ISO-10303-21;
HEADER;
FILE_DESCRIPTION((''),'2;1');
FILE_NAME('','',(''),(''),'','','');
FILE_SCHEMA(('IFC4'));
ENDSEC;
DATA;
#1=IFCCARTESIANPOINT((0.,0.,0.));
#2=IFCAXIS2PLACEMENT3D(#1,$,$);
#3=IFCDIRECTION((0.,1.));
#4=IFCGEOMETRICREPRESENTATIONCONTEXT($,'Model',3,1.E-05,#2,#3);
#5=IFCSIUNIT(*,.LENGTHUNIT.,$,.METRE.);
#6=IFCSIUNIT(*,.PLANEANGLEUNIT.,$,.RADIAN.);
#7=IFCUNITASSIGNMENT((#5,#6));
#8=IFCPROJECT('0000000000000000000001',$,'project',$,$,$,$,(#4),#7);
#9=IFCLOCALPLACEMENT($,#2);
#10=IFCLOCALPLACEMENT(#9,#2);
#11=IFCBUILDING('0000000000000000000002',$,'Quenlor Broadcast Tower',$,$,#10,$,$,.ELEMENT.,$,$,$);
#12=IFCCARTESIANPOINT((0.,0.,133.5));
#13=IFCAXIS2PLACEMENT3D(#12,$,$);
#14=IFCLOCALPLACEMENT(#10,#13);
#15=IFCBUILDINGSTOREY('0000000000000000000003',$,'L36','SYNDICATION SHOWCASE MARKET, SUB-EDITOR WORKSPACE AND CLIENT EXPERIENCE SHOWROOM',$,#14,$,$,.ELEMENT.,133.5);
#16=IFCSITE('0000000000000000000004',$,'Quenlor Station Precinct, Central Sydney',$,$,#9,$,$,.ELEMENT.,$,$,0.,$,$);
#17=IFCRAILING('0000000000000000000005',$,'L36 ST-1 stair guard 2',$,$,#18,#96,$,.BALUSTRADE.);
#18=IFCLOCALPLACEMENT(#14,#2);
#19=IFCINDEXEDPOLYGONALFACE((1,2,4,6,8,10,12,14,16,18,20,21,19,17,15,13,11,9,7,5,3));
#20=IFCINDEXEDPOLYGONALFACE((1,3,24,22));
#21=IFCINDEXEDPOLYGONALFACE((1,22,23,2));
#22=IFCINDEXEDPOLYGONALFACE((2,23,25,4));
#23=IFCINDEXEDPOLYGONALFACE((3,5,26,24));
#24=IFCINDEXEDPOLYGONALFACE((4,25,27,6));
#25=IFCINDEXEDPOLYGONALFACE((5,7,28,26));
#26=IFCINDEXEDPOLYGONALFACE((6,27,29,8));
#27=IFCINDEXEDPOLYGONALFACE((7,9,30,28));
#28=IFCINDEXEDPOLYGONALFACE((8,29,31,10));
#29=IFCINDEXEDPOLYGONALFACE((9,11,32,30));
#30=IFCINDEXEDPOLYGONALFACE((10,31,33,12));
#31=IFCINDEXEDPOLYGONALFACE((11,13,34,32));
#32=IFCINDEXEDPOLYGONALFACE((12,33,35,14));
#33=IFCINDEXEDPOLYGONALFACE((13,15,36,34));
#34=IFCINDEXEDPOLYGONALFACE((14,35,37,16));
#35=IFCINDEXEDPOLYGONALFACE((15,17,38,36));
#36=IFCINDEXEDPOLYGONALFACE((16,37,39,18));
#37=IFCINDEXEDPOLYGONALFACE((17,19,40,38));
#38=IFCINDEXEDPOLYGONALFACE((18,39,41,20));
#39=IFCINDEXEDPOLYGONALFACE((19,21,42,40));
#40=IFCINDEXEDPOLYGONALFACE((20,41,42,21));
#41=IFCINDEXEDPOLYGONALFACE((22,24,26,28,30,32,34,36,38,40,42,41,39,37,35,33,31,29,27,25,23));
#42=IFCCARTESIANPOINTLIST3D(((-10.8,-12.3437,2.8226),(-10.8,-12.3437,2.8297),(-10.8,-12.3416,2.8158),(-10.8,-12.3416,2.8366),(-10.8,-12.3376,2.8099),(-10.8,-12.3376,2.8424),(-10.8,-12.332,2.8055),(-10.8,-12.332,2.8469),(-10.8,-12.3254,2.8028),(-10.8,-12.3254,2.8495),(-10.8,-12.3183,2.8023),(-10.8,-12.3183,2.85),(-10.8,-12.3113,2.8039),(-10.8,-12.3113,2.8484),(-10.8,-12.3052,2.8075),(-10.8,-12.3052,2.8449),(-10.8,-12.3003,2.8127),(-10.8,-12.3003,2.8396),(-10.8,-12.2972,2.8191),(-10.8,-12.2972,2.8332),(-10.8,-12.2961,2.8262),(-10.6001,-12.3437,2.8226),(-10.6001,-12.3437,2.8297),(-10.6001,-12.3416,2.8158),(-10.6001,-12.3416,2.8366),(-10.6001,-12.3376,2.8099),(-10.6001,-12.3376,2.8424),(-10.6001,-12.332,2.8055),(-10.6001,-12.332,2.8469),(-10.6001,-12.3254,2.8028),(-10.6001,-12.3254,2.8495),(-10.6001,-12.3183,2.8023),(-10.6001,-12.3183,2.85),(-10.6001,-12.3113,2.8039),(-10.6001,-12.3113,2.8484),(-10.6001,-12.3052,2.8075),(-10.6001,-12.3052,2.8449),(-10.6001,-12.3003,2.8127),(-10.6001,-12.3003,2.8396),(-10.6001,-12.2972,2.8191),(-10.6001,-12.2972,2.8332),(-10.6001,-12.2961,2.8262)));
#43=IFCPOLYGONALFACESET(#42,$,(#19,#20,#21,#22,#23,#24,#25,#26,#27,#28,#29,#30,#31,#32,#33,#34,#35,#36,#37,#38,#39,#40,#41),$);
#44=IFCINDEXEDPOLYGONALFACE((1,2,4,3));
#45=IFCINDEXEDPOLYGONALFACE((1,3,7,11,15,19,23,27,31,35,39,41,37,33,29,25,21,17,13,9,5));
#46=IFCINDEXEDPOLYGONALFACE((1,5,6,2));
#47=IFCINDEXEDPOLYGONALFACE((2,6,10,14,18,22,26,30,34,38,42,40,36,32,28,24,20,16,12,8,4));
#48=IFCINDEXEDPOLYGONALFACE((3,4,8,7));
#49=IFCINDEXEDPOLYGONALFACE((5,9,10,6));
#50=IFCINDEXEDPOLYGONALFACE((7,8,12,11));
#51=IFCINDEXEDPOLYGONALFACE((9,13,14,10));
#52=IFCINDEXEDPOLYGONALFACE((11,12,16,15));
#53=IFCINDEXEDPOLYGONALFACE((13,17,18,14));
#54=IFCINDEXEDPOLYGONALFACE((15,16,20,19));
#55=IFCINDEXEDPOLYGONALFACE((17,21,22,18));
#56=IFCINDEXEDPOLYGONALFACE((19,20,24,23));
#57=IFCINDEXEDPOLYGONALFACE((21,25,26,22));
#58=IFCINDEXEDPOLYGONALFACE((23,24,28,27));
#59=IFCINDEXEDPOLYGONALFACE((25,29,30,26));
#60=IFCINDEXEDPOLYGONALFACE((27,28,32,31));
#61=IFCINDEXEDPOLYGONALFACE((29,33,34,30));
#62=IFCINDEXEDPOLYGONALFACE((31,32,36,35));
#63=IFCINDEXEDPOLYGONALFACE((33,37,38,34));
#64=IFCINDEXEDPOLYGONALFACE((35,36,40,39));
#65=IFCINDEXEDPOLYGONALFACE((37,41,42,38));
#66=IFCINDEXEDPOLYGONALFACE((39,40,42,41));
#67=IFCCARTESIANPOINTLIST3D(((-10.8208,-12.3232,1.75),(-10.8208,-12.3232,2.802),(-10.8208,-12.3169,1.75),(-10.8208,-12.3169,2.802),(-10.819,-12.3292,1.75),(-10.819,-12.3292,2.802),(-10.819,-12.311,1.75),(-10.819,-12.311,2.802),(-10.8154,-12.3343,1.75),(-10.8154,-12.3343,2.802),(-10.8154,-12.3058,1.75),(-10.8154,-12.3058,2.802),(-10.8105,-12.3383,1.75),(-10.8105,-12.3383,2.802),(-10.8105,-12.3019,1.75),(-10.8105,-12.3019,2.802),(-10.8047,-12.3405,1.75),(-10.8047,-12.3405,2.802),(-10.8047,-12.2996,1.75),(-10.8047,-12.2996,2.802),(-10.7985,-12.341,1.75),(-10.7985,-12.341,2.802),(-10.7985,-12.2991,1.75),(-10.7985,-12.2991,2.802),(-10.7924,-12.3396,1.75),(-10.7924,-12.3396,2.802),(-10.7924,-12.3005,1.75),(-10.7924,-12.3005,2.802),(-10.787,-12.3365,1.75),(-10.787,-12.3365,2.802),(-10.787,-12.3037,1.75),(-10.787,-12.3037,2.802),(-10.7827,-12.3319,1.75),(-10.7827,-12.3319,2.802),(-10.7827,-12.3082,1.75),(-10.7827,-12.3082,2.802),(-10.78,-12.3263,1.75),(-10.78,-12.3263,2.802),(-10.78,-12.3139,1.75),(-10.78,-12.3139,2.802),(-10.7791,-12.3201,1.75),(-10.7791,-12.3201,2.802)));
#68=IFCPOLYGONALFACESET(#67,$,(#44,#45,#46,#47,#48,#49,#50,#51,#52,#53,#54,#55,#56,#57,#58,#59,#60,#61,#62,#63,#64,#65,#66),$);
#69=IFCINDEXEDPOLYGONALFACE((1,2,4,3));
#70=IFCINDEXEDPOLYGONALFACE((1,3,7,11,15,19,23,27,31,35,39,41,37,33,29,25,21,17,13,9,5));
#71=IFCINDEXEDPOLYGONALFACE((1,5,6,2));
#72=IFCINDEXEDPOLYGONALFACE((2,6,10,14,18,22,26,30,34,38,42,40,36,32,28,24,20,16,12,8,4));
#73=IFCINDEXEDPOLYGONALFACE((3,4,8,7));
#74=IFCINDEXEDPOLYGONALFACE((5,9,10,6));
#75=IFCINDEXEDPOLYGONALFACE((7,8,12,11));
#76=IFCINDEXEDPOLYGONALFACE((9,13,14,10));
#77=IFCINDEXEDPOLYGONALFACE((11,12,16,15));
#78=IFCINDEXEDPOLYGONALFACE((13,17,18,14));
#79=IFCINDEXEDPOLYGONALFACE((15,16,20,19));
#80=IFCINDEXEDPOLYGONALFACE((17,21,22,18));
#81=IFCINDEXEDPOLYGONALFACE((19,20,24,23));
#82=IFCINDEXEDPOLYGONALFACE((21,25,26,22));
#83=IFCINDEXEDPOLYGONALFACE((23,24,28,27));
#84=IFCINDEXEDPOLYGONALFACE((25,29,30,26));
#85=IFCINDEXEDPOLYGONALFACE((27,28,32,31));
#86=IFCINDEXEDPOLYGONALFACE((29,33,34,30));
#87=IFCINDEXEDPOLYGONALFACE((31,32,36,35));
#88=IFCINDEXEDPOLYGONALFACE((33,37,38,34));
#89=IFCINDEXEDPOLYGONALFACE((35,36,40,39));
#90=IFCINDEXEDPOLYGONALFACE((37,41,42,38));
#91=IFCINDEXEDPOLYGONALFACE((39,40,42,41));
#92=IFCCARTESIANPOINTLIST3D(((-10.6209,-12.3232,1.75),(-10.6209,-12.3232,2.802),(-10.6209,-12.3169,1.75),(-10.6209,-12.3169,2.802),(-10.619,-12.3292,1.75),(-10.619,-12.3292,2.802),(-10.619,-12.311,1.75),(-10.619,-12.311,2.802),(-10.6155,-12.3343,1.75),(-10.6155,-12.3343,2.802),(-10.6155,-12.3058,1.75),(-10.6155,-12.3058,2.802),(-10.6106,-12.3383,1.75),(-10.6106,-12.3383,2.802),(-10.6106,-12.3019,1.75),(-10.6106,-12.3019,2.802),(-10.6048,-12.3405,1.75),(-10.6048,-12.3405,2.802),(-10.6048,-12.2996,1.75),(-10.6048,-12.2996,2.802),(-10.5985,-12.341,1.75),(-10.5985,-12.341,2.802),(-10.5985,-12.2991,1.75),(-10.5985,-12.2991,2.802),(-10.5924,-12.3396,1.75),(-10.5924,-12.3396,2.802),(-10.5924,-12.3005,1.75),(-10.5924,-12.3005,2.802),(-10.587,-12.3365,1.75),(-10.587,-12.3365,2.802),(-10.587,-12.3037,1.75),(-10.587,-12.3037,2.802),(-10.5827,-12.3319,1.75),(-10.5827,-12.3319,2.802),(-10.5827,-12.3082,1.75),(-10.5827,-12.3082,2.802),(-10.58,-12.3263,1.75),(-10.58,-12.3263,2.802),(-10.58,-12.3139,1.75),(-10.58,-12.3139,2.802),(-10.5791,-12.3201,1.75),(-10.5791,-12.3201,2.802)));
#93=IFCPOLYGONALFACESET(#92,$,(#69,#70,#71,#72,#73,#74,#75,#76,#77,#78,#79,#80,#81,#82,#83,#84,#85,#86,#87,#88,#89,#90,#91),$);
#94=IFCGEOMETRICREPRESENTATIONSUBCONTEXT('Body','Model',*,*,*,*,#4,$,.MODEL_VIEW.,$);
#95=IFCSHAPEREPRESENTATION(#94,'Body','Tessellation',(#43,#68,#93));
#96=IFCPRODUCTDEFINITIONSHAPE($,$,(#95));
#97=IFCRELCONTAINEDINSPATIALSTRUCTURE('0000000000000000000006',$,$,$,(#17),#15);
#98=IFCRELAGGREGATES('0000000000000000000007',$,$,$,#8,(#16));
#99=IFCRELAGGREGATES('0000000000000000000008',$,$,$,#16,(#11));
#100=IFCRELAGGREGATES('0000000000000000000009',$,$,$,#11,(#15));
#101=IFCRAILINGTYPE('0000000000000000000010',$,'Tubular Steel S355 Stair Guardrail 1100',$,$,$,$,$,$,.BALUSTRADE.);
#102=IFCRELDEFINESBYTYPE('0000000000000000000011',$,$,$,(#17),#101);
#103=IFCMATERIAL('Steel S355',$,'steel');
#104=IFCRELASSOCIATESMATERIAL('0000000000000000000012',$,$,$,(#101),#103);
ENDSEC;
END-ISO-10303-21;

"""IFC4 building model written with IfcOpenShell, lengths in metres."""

from ifc_helpers import new_model, si_unit, direction, frame, origin, origin_2d, place, context, subcontext, project, spatial, circle, extrude, material, type_object, element, save


model = new_model("IFC4")

# Units and contexts
model_context = context("Model", 3, precision=1e-05, world=origin(), true_north=direction((0.0, 1.0)))
body_context = subcontext(model_context, "Body", "Model", "MODEL_VIEW")
ifc_project = project(units=[si_unit("LENGTHUNIT", "METRE"), si_unit("PLANEANGLEUNIT", "RADIAN")], contexts=[model_context])

# Site, building, storey
site_placement = place(None, origin())
site = spatial("IfcSite", under=ifc_project, at=site_placement, Name="Quenlor Station Precinct, Central Sydney", CompositionType="ELEMENT", RefElevation=0.0)
building_placement = place(site_placement, origin())
building = spatial("IfcBuilding", under=site, at=building_placement, Name="Quenlor Broadcast Tower", CompositionType="ELEMENT")
storey_placement = place(building_placement, frame((0.0, 0.0, 133.5)))
storey = spatial("IfcBuildingStorey", under=building, at=storey_placement, Name="L36", Description="SYNDICATION SHOWCASE MARKET, SUB-EDITOR WORKSPACE AND CLIENT EXPERIENCE SHOWROOM", CompositionType="ELEMENT", Elevation=133.5)

# Railing
ifc_material_1 = material(Name="Steel S355", Category="steel")
railing_type_1 = type_object("IfcRailingType", Name="Tubular Steel S355 Stair Guardrail 1100", PredefinedType="BALUSTRADE", material=ifc_material_1)
railing_1_placement = place(storey_placement, frame((-10.8, -12.3201, 1.75)))
element("IfcRailing", 1, at=railing_1_placement, inside=storey, type_object=railing_type_1, Name="L36 ST-1 stair guard 2", PredefinedType="BALUSTRADE", context=body_context, shape_type="SweptSolid", body=[
    extrude(circle(Radius=0.0239, at=origin_2d()), frame((0.0, 0.0, 1.0762), z_axis=(1.0, 0.0, 0.0), x_axis=(0.0, 1.0, 0.0)), (0.0, 0.0, 1.0), 0.2),
    extrude(circle(Radius=0.021, at=origin_2d()), origin(), (0.0, 0.0, 1.0), 1.052),
    extrude(circle(Radius=0.021, at=origin_2d()), frame((0.2, 0.0, 0.0)), (0.0, 0.0, 1.0), 1.052),
])

save(model, "model.ifc")
